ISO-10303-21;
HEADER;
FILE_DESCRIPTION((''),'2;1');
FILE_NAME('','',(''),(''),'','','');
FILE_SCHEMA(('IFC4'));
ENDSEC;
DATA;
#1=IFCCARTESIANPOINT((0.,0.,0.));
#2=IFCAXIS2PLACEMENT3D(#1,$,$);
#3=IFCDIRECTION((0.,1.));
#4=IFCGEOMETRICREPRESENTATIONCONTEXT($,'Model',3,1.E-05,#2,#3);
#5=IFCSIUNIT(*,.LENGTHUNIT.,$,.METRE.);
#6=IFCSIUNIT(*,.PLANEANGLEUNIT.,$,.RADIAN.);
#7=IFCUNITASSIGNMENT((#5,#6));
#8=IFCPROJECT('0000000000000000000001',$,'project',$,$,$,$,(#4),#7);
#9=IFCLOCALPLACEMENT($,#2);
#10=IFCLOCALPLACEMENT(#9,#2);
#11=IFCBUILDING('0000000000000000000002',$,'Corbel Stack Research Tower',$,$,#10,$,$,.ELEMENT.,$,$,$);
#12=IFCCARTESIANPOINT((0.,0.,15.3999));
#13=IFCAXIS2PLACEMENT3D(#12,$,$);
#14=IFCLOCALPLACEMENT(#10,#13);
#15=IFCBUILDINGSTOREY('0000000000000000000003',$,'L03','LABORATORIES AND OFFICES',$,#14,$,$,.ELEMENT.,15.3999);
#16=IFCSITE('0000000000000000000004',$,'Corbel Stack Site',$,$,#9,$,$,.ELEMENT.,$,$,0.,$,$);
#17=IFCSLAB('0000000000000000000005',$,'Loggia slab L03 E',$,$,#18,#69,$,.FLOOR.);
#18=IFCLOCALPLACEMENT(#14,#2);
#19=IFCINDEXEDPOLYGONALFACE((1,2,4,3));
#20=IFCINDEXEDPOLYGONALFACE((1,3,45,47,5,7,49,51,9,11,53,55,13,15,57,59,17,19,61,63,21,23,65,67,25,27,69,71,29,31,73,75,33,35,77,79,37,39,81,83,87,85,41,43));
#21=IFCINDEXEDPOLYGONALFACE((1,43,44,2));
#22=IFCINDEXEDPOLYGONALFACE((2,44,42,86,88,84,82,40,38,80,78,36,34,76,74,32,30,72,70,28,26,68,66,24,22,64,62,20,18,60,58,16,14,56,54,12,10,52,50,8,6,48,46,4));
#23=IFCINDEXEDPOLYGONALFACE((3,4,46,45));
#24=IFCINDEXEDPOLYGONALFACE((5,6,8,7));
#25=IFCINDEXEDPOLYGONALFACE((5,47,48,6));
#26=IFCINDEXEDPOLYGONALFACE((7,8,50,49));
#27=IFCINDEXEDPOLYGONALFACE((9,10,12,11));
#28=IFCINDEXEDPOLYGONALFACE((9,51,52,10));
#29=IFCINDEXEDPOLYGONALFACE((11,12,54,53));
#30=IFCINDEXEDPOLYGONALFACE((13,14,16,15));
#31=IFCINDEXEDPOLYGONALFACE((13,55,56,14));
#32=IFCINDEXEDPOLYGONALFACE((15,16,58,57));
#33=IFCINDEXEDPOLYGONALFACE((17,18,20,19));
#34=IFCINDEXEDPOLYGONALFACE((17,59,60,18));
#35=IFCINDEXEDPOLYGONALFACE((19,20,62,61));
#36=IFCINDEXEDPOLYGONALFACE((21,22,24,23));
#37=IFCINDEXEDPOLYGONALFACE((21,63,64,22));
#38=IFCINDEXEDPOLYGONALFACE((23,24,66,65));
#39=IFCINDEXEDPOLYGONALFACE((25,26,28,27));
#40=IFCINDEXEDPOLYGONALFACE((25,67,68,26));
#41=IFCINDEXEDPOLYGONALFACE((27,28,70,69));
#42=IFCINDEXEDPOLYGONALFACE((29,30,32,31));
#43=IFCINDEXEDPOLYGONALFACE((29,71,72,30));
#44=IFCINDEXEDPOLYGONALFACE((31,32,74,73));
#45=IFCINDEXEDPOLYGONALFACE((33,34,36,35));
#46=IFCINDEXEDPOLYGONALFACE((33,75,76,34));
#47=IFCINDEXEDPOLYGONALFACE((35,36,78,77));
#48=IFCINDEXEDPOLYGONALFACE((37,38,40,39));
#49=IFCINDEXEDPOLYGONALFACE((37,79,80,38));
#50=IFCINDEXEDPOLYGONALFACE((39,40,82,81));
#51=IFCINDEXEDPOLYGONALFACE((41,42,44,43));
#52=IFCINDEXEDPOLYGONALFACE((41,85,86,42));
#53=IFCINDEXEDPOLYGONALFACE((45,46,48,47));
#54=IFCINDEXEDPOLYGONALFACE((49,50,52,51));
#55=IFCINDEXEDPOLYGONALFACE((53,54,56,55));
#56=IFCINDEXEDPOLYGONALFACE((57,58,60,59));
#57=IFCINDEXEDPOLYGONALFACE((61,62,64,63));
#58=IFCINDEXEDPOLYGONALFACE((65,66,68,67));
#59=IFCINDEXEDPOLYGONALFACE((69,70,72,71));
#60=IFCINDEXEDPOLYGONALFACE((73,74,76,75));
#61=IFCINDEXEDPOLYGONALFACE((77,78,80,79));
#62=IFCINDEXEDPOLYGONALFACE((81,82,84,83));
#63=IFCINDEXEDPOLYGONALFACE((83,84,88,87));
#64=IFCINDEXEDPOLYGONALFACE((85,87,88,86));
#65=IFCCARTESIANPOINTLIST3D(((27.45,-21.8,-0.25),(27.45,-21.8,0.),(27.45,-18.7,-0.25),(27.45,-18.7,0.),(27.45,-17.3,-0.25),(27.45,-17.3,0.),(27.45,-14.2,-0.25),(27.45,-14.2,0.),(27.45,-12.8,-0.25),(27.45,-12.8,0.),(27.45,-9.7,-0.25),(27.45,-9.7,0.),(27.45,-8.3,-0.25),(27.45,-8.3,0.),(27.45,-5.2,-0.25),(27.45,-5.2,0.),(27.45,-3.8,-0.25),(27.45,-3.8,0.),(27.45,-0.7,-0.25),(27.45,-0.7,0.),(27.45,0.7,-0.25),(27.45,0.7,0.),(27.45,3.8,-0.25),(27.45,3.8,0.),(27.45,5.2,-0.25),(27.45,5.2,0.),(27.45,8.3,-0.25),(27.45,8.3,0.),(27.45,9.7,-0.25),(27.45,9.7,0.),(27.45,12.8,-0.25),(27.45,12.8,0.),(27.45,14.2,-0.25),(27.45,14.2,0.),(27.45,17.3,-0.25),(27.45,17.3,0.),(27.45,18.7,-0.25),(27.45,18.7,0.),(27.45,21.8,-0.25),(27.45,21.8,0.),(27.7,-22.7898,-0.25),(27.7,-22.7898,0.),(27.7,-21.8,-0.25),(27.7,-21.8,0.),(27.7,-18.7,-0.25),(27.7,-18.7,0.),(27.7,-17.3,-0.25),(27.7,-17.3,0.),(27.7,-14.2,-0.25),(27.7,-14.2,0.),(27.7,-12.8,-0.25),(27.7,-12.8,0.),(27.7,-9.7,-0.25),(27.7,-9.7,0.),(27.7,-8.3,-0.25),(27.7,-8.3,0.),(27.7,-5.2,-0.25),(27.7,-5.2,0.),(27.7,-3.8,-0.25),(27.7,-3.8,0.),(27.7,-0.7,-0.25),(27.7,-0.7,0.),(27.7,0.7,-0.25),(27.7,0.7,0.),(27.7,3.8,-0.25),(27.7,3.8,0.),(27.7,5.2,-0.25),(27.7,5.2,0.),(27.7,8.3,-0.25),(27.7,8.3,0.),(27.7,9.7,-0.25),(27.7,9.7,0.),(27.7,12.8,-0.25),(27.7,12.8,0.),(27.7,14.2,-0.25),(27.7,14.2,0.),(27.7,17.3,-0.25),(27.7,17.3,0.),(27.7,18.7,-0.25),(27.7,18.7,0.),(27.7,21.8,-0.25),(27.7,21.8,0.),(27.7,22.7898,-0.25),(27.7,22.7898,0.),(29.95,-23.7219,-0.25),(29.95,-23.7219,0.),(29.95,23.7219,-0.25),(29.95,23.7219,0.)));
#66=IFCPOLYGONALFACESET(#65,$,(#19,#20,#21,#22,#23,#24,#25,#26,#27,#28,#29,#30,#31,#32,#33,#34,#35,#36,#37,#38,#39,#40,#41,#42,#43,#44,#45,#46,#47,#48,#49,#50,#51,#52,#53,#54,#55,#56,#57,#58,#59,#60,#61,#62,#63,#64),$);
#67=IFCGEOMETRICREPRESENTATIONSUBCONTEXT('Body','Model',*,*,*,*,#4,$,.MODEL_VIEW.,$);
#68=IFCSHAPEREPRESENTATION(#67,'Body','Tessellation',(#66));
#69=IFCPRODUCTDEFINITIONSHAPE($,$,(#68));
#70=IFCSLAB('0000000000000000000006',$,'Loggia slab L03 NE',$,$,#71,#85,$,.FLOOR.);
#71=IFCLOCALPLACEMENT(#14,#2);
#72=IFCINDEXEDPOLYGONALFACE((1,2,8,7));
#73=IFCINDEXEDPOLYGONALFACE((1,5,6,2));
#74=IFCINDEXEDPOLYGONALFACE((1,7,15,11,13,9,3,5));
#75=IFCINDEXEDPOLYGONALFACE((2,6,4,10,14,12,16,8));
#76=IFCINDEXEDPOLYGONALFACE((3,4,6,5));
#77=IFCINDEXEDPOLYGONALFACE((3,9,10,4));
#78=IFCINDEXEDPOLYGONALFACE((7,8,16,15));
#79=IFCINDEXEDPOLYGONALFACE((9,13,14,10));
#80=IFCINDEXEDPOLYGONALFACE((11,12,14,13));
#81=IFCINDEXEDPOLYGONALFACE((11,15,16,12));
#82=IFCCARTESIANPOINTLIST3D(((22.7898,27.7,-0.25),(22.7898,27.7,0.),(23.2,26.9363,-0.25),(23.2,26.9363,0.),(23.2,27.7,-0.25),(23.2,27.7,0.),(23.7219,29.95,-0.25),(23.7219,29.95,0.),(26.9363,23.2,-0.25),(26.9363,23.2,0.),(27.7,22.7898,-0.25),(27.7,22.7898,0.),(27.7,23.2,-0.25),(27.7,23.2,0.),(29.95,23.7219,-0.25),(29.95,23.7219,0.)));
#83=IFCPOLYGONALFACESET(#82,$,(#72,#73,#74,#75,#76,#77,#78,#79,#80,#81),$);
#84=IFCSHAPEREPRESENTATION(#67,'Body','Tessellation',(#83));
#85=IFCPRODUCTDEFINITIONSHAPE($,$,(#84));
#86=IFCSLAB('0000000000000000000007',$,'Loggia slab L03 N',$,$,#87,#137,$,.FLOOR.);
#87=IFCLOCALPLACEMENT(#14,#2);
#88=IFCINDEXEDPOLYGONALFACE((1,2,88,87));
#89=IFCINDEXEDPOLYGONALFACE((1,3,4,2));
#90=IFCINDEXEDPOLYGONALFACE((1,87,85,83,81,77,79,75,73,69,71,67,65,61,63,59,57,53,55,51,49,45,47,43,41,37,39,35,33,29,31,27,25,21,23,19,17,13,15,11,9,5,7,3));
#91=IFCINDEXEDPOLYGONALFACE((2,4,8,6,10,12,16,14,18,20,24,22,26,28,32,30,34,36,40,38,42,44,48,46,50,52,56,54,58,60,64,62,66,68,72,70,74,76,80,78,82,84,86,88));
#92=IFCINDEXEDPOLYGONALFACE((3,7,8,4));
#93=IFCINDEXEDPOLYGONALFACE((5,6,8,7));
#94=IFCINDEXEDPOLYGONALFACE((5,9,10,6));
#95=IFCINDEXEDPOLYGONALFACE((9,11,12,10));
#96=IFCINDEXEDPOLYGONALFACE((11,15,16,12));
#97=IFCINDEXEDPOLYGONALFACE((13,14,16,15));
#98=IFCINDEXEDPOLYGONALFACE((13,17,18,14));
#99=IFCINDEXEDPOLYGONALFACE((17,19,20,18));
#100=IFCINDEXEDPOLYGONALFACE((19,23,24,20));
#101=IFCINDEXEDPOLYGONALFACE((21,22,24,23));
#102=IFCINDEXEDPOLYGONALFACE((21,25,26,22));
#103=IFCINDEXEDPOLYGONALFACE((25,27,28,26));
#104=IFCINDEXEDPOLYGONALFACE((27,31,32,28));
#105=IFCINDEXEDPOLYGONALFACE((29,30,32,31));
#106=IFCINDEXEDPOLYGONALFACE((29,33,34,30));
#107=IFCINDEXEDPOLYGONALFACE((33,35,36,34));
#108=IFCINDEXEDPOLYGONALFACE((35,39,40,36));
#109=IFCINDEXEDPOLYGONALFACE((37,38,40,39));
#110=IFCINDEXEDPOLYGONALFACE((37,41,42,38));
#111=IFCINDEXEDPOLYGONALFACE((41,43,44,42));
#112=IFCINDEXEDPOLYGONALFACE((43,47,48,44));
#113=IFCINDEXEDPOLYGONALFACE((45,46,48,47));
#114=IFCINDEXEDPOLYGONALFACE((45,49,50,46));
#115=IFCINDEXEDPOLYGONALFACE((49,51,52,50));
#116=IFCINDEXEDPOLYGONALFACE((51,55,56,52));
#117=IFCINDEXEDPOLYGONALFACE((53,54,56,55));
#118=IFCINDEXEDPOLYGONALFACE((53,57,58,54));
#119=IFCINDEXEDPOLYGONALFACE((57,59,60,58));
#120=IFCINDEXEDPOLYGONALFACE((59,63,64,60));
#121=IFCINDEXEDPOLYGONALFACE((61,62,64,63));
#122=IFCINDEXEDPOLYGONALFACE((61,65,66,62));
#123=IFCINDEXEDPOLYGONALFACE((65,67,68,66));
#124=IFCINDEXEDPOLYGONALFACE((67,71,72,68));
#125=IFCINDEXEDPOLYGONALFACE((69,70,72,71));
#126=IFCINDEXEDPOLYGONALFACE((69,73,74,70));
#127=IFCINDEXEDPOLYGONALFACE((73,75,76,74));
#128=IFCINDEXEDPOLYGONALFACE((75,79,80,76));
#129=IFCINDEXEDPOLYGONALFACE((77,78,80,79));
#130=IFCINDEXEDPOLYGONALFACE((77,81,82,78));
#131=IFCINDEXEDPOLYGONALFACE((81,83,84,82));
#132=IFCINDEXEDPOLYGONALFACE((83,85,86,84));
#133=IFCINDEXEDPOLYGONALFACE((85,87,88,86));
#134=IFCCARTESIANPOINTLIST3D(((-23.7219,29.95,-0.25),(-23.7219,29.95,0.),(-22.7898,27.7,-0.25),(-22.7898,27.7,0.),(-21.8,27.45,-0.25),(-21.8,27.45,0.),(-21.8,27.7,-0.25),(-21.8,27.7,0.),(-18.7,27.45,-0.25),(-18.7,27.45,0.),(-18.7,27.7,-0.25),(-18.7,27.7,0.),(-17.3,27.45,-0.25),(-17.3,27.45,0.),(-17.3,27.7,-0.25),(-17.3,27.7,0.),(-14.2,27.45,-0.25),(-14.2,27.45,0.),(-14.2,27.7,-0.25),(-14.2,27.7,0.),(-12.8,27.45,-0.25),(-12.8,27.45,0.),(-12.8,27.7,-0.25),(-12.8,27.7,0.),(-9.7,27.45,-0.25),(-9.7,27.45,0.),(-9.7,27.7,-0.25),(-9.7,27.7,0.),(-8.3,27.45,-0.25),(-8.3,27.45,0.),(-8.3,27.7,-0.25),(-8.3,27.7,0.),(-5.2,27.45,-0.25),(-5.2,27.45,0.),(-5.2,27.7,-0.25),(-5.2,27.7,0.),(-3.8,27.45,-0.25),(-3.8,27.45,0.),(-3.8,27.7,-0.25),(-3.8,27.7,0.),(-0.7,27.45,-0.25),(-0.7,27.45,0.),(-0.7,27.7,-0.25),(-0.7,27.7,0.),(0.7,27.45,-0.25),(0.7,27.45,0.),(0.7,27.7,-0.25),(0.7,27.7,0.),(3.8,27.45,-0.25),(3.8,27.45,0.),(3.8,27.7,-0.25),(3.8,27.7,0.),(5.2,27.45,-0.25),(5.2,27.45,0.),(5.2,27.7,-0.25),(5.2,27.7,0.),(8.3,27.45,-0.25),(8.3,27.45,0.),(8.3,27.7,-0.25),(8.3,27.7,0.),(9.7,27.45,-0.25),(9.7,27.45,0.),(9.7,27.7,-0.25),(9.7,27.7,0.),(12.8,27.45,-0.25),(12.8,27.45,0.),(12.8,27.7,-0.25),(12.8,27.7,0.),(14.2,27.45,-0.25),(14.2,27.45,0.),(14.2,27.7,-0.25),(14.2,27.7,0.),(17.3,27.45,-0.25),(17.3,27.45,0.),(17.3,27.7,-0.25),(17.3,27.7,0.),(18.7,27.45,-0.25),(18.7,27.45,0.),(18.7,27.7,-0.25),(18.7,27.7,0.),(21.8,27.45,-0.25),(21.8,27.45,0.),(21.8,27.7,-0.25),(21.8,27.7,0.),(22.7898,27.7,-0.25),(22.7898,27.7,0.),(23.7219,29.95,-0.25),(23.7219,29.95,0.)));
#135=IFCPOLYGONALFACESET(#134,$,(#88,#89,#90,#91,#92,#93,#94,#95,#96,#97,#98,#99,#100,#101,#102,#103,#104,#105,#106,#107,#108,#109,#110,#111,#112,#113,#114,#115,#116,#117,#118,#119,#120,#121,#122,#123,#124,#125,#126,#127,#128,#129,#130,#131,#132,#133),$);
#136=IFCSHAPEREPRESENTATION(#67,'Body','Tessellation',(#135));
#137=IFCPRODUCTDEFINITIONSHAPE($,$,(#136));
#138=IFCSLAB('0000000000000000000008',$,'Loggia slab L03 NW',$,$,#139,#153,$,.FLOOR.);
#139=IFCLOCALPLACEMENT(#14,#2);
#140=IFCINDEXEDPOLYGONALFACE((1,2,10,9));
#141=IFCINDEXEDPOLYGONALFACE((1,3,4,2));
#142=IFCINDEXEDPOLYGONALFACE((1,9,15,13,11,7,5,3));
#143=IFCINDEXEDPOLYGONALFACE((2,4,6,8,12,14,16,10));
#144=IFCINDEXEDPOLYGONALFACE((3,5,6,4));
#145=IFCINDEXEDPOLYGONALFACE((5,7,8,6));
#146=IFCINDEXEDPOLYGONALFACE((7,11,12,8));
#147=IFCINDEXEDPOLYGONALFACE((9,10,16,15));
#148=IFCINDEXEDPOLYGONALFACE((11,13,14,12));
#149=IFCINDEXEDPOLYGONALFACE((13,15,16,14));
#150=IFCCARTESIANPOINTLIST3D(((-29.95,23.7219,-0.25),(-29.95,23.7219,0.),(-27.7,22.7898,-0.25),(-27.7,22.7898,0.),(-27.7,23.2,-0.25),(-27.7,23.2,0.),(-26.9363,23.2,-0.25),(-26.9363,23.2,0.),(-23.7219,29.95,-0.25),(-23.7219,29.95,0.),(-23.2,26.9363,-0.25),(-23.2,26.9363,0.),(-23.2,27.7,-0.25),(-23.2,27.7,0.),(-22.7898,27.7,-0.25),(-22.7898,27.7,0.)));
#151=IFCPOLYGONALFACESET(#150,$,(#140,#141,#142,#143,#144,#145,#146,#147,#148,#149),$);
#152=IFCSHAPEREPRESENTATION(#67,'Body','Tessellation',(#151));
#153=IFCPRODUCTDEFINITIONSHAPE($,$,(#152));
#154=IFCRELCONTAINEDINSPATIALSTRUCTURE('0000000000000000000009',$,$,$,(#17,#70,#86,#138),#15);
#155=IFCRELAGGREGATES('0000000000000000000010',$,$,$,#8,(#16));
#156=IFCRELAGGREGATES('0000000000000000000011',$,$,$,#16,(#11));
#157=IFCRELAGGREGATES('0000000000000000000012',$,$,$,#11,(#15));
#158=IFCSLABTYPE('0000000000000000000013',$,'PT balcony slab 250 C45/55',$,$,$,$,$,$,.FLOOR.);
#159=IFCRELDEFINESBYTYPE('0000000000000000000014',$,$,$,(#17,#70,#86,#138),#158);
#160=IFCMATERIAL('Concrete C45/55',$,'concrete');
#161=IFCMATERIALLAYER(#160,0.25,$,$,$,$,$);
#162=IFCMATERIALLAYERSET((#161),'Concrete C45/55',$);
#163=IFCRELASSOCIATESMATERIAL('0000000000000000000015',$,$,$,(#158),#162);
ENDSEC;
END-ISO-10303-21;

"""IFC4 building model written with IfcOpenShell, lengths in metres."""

from ifc_helpers import new_model, si_unit, direction, frame, origin, place, context, subcontext, project, spatial, polyline, outline, extrude, material, layer, layer_set, type_object, element, save


model = new_model("IFC4")

# Units and contexts
model_context = context("Model", 3, precision=1e-05, world=origin(), true_north=direction((0.0, 1.0)))
body_context = subcontext(model_context, "Body", "Model", "MODEL_VIEW")
ifc_project = project(units=[si_unit("LENGTHUNIT", "METRE"), si_unit("PLANEANGLEUNIT", "RADIAN")], contexts=[model_context])

# Site, building, storey
site_placement = place(None, origin())
site = spatial("IfcSite", under=ifc_project, at=site_placement, Name="Corbel Stack Site", CompositionType="ELEMENT", RefElevation=0.0)
building_placement = place(site_placement, origin())
building = spatial("IfcBuilding", under=site, at=building_placement, Name="Corbel Stack Research Tower", CompositionType="ELEMENT")
storey_placement = place(building_placement, frame((0.0, 0.0, 15.3999)))
storey = spatial("IfcBuildingStorey", under=building, at=storey_placement, Name="L03", Description="LABORATORIES AND OFFICES", CompositionType="ELEMENT", Elevation=15.3999)

# Slabs
ifc_material_1 = material(Name="Concrete C45/55", Category="concrete")
ifc_layer_1 = layer(ifc_material_1, 0.25)
ifc_layer_set_1 = layer_set([ifc_layer_1], Name="Concrete C45/55")
slab_type_1 = type_object("IfcSlabType", Name="PT balcony slab 250 C45/55", PredefinedType="FLOOR", material=ifc_layer_set_1)
slab_1_placement = place(storey_placement, frame((0.0, 0.0, -0.25)))
element("IfcSlab", 1, at=slab_1_placement, inside=storey, type_object=slab_type_1, Name="Loggia slab L03 E", PredefinedType="FLOOR", context=body_context, shape_type="SweptSolid", body=[
    extrude(outline(polyline([(27.7, 22.7898), (27.7, 21.8), (27.45, 21.8), (27.45, 18.7), (27.7, 18.7), (27.7, 17.3), (27.45, 17.3), (27.45, 14.2), (27.7, 14.2), (27.7, 12.8), (27.45, 12.8), (27.45, 9.7), (27.7, 9.7), (27.7, 8.3), (27.45, 8.3), (27.45, 5.2), (27.7, 5.2), (27.7, 3.8), (27.45, 3.8), (27.45, 0.7), (27.7, 0.7), (27.7, -0.7), (27.45, -0.7), (27.45, -3.8), (27.7, -3.8), (27.7, -5.2), (27.45, -5.2), (27.45, -8.3), (27.7, -8.3), (27.7, -9.7), (27.45, -9.7), (27.45, -12.8), (27.7, -12.8), (27.7, -14.2), (27.45, -14.2), (27.45, -17.3), (27.7, -17.3), (27.7, -18.7), (27.45, -18.7), (27.45, -21.8), (27.7, -21.8), (27.7, -22.7898), (29.95, -23.7219), (29.95, 23.7219), (27.7, 22.7898)])), origin(), (0.0, 0.0, 1.0), 0.25),
])
slab_2_placement = place(storey_placement, frame((0.0, 0.0, -0.25)))
element("IfcSlab", 2, at=slab_2_placement, inside=storey, type_object=slab_type_1, Name="Loggia slab L03 NE", PredefinedType="FLOOR", context=body_context, shape_type="SweptSolid", body=[
    extrude(outline(polyline([(22.7898, 27.7), (23.2, 27.7), (23.2, 26.9363), (26.9363, 23.2), (27.7, 23.2), (27.7, 22.7898), (29.95, 23.7219), (23.7219, 29.95), (22.7898, 27.7)])), origin(), (0.0, 0.0, 1.0), 0.25),
])
slab_3_placement = place(storey_placement, frame((0.0, 0.0, -0.25)))
element("IfcSlab", 3, at=slab_3_placement, inside=storey, type_object=slab_type_1, Name="Loggia slab L03 N", PredefinedType="FLOOR", context=body_context, shape_type="SweptSolid", body=[
    extrude(outline(polyline([(-22.7898, 27.7), (-21.8, 27.7), (-21.8, 27.45), (-18.7, 27.45), (-18.7, 27.7), (-17.3, 27.7), (-17.3, 27.45), (-14.2, 27.45), (-14.2, 27.7), (-12.8, 27.7), (-12.8, 27.45), (-9.7, 27.45), (-9.7, 27.7), (-8.3, 27.7), (-8.3, 27.45), (-5.2, 27.45), (-5.2, 27.7), (-3.8, 27.7), (-3.8, 27.45), (-0.7, 27.45), (-0.7, 27.7), (0.7, 27.7), (0.7, 27.45), (3.8, 27.45), (3.8, 27.7), (5.2, 27.7), (5.2, 27.45), (8.3, 27.45), (8.3, 27.7), (9.7, 27.7), (9.7, 27.45), (12.8, 27.45), (12.8, 27.7), (14.2, 27.7), (14.2, 27.45), (17.3, 27.45), (17.3, 27.7), (18.7, 27.7), (18.7, 27.45), (21.8, 27.45), (21.8, 27.7), (22.7898, 27.7), (23.7219, 29.95), (-23.7219, 29.95), (-22.7898, 27.7)])), origin(), (0.0, 0.0, 1.0), 0.25),
])
slab_4_placement = place(storey_placement, frame((0.0, 0.0, -0.25)))
element("IfcSlab", 4, at=slab_4_placement, inside=storey, type_object=slab_type_1, Name="Loggia slab L03 NW", PredefinedType="FLOOR", context=body_context, shape_type="SweptSolid", body=[
    extrude(outline(polyline([(-27.7, 22.7898), (-27.7, 23.2), (-26.9363, 23.2), (-23.2, 26.9363), (-23.2, 27.7), (-22.7898, 27.7), (-23.7219, 29.95), (-29.95, 23.7219), (-27.7, 22.7898)])), origin(), (0.0, 0.0, 1.0), 0.25),
])

save(model, "model.ifc")
